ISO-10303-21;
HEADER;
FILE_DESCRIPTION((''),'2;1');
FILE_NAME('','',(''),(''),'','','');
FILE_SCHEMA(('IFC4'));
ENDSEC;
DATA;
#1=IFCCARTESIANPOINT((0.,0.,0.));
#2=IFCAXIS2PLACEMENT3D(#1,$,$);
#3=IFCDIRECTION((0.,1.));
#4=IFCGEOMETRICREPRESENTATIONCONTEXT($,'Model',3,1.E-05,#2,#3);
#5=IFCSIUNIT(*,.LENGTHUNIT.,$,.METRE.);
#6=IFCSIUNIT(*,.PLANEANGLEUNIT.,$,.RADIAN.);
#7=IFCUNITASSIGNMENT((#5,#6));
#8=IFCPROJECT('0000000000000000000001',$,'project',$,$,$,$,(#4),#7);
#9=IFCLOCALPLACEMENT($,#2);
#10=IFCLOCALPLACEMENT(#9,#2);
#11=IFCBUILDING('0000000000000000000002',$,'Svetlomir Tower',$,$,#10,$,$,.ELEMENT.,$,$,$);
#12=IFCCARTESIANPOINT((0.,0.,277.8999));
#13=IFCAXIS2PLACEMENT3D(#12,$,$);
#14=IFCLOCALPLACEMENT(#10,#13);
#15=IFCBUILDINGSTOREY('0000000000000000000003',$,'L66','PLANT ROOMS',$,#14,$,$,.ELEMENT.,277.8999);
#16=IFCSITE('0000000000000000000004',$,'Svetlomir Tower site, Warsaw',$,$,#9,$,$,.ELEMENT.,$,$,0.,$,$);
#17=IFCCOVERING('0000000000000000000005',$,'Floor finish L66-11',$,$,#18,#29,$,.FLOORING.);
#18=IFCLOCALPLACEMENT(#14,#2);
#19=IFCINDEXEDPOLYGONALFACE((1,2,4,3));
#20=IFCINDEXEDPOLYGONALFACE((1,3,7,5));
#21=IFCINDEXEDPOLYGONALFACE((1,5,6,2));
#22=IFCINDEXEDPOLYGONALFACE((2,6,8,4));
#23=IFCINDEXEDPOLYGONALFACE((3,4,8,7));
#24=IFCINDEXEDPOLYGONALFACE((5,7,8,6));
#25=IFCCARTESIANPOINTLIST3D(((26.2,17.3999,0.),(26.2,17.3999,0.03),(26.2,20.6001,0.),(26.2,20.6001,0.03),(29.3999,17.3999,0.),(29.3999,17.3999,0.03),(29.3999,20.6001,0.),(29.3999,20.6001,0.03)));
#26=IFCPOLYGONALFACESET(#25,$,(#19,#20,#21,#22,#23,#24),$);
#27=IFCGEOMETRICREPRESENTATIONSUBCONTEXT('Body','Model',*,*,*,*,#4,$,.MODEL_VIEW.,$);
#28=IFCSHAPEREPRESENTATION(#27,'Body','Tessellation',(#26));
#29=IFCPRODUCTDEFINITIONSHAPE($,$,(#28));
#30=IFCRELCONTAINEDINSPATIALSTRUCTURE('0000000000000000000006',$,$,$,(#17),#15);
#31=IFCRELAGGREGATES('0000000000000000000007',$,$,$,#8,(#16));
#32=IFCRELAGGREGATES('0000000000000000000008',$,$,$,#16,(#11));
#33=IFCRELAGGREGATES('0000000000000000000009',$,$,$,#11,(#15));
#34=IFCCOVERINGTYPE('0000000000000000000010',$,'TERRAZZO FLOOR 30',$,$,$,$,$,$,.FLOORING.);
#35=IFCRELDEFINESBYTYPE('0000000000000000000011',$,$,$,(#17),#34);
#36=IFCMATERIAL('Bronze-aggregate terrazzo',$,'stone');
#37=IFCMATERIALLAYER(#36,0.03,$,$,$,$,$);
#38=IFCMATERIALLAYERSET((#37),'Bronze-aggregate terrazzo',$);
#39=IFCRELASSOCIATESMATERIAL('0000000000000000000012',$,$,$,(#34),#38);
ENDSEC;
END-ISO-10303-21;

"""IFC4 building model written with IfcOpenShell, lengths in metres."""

from ifc_helpers import new_model, si_unit, direction, frame, origin, place, context, subcontext, project, spatial, polyline, outline, extrude, material, layer, layer_set, type_object, element, save


model = new_model("IFC4")

# Units and contexts
model_context = context("Model", 3, precision=1e-05, world=origin(), true_north=direction((0.0, 1.0)))
body_context = subcontext(model_context, "Body", "Model", "MODEL_VIEW")
ifc_project = project(units=[si_unit("LENGTHUNIT", "METRE"), si_unit("PLANEANGLEUNIT", "RADIAN")], contexts=[model_context])

# Site, building, storey
site_placement = place(None, origin())
site = spatial("IfcSite", under=ifc_project, at=site_placement, Name="Svetlomir Tower site, Warsaw", CompositionType="ELEMENT", RefElevation=0.0)
building_placement = place(site_placement, origin())
building = spatial("IfcBuilding", under=site, at=building_placement, Name="Svetlomir Tower", CompositionType="ELEMENT")
storey_placement = place(building_placement, frame((0.0, 0.0, 277.8999)))
storey = spatial("IfcBuildingStorey", under=building, at=storey_placement, Name="L66", Description="PLANT ROOMS", CompositionType="ELEMENT", Elevation=277.8999)

# Covering
ifc_material_1 = material(Name="Bronze-aggregate terrazzo", Category="stone")
ifc_layer_1 = layer(ifc_material_1, 0.03)
ifc_layer_set_1 = layer_set([ifc_layer_1], Name="Bronze-aggregate terrazzo")
covering_type_1 = type_object("IfcCoveringType", Name="TERRAZZO FLOOR 30", PredefinedType="FLOORING", material=ifc_layer_set_1)
covering_1_placement = place(storey_placement, origin())
element("IfcCovering", 1, at=covering_1_placement, inside=storey, type_object=covering_type_1, Name="Floor finish L66-11", PredefinedType="FLOORING", context=body_context, shape_type="SweptSolid", body=[
    extrude(outline(polyline([(26.2, 17.3999), (29.3999, 17.3999), (29.3999, 20.6001), (26.2, 20.6001), (26.2, 17.3999)])), origin(), (0.0, 0.0, 1.0), 0.03),
])

save(model, "model.ifc")
